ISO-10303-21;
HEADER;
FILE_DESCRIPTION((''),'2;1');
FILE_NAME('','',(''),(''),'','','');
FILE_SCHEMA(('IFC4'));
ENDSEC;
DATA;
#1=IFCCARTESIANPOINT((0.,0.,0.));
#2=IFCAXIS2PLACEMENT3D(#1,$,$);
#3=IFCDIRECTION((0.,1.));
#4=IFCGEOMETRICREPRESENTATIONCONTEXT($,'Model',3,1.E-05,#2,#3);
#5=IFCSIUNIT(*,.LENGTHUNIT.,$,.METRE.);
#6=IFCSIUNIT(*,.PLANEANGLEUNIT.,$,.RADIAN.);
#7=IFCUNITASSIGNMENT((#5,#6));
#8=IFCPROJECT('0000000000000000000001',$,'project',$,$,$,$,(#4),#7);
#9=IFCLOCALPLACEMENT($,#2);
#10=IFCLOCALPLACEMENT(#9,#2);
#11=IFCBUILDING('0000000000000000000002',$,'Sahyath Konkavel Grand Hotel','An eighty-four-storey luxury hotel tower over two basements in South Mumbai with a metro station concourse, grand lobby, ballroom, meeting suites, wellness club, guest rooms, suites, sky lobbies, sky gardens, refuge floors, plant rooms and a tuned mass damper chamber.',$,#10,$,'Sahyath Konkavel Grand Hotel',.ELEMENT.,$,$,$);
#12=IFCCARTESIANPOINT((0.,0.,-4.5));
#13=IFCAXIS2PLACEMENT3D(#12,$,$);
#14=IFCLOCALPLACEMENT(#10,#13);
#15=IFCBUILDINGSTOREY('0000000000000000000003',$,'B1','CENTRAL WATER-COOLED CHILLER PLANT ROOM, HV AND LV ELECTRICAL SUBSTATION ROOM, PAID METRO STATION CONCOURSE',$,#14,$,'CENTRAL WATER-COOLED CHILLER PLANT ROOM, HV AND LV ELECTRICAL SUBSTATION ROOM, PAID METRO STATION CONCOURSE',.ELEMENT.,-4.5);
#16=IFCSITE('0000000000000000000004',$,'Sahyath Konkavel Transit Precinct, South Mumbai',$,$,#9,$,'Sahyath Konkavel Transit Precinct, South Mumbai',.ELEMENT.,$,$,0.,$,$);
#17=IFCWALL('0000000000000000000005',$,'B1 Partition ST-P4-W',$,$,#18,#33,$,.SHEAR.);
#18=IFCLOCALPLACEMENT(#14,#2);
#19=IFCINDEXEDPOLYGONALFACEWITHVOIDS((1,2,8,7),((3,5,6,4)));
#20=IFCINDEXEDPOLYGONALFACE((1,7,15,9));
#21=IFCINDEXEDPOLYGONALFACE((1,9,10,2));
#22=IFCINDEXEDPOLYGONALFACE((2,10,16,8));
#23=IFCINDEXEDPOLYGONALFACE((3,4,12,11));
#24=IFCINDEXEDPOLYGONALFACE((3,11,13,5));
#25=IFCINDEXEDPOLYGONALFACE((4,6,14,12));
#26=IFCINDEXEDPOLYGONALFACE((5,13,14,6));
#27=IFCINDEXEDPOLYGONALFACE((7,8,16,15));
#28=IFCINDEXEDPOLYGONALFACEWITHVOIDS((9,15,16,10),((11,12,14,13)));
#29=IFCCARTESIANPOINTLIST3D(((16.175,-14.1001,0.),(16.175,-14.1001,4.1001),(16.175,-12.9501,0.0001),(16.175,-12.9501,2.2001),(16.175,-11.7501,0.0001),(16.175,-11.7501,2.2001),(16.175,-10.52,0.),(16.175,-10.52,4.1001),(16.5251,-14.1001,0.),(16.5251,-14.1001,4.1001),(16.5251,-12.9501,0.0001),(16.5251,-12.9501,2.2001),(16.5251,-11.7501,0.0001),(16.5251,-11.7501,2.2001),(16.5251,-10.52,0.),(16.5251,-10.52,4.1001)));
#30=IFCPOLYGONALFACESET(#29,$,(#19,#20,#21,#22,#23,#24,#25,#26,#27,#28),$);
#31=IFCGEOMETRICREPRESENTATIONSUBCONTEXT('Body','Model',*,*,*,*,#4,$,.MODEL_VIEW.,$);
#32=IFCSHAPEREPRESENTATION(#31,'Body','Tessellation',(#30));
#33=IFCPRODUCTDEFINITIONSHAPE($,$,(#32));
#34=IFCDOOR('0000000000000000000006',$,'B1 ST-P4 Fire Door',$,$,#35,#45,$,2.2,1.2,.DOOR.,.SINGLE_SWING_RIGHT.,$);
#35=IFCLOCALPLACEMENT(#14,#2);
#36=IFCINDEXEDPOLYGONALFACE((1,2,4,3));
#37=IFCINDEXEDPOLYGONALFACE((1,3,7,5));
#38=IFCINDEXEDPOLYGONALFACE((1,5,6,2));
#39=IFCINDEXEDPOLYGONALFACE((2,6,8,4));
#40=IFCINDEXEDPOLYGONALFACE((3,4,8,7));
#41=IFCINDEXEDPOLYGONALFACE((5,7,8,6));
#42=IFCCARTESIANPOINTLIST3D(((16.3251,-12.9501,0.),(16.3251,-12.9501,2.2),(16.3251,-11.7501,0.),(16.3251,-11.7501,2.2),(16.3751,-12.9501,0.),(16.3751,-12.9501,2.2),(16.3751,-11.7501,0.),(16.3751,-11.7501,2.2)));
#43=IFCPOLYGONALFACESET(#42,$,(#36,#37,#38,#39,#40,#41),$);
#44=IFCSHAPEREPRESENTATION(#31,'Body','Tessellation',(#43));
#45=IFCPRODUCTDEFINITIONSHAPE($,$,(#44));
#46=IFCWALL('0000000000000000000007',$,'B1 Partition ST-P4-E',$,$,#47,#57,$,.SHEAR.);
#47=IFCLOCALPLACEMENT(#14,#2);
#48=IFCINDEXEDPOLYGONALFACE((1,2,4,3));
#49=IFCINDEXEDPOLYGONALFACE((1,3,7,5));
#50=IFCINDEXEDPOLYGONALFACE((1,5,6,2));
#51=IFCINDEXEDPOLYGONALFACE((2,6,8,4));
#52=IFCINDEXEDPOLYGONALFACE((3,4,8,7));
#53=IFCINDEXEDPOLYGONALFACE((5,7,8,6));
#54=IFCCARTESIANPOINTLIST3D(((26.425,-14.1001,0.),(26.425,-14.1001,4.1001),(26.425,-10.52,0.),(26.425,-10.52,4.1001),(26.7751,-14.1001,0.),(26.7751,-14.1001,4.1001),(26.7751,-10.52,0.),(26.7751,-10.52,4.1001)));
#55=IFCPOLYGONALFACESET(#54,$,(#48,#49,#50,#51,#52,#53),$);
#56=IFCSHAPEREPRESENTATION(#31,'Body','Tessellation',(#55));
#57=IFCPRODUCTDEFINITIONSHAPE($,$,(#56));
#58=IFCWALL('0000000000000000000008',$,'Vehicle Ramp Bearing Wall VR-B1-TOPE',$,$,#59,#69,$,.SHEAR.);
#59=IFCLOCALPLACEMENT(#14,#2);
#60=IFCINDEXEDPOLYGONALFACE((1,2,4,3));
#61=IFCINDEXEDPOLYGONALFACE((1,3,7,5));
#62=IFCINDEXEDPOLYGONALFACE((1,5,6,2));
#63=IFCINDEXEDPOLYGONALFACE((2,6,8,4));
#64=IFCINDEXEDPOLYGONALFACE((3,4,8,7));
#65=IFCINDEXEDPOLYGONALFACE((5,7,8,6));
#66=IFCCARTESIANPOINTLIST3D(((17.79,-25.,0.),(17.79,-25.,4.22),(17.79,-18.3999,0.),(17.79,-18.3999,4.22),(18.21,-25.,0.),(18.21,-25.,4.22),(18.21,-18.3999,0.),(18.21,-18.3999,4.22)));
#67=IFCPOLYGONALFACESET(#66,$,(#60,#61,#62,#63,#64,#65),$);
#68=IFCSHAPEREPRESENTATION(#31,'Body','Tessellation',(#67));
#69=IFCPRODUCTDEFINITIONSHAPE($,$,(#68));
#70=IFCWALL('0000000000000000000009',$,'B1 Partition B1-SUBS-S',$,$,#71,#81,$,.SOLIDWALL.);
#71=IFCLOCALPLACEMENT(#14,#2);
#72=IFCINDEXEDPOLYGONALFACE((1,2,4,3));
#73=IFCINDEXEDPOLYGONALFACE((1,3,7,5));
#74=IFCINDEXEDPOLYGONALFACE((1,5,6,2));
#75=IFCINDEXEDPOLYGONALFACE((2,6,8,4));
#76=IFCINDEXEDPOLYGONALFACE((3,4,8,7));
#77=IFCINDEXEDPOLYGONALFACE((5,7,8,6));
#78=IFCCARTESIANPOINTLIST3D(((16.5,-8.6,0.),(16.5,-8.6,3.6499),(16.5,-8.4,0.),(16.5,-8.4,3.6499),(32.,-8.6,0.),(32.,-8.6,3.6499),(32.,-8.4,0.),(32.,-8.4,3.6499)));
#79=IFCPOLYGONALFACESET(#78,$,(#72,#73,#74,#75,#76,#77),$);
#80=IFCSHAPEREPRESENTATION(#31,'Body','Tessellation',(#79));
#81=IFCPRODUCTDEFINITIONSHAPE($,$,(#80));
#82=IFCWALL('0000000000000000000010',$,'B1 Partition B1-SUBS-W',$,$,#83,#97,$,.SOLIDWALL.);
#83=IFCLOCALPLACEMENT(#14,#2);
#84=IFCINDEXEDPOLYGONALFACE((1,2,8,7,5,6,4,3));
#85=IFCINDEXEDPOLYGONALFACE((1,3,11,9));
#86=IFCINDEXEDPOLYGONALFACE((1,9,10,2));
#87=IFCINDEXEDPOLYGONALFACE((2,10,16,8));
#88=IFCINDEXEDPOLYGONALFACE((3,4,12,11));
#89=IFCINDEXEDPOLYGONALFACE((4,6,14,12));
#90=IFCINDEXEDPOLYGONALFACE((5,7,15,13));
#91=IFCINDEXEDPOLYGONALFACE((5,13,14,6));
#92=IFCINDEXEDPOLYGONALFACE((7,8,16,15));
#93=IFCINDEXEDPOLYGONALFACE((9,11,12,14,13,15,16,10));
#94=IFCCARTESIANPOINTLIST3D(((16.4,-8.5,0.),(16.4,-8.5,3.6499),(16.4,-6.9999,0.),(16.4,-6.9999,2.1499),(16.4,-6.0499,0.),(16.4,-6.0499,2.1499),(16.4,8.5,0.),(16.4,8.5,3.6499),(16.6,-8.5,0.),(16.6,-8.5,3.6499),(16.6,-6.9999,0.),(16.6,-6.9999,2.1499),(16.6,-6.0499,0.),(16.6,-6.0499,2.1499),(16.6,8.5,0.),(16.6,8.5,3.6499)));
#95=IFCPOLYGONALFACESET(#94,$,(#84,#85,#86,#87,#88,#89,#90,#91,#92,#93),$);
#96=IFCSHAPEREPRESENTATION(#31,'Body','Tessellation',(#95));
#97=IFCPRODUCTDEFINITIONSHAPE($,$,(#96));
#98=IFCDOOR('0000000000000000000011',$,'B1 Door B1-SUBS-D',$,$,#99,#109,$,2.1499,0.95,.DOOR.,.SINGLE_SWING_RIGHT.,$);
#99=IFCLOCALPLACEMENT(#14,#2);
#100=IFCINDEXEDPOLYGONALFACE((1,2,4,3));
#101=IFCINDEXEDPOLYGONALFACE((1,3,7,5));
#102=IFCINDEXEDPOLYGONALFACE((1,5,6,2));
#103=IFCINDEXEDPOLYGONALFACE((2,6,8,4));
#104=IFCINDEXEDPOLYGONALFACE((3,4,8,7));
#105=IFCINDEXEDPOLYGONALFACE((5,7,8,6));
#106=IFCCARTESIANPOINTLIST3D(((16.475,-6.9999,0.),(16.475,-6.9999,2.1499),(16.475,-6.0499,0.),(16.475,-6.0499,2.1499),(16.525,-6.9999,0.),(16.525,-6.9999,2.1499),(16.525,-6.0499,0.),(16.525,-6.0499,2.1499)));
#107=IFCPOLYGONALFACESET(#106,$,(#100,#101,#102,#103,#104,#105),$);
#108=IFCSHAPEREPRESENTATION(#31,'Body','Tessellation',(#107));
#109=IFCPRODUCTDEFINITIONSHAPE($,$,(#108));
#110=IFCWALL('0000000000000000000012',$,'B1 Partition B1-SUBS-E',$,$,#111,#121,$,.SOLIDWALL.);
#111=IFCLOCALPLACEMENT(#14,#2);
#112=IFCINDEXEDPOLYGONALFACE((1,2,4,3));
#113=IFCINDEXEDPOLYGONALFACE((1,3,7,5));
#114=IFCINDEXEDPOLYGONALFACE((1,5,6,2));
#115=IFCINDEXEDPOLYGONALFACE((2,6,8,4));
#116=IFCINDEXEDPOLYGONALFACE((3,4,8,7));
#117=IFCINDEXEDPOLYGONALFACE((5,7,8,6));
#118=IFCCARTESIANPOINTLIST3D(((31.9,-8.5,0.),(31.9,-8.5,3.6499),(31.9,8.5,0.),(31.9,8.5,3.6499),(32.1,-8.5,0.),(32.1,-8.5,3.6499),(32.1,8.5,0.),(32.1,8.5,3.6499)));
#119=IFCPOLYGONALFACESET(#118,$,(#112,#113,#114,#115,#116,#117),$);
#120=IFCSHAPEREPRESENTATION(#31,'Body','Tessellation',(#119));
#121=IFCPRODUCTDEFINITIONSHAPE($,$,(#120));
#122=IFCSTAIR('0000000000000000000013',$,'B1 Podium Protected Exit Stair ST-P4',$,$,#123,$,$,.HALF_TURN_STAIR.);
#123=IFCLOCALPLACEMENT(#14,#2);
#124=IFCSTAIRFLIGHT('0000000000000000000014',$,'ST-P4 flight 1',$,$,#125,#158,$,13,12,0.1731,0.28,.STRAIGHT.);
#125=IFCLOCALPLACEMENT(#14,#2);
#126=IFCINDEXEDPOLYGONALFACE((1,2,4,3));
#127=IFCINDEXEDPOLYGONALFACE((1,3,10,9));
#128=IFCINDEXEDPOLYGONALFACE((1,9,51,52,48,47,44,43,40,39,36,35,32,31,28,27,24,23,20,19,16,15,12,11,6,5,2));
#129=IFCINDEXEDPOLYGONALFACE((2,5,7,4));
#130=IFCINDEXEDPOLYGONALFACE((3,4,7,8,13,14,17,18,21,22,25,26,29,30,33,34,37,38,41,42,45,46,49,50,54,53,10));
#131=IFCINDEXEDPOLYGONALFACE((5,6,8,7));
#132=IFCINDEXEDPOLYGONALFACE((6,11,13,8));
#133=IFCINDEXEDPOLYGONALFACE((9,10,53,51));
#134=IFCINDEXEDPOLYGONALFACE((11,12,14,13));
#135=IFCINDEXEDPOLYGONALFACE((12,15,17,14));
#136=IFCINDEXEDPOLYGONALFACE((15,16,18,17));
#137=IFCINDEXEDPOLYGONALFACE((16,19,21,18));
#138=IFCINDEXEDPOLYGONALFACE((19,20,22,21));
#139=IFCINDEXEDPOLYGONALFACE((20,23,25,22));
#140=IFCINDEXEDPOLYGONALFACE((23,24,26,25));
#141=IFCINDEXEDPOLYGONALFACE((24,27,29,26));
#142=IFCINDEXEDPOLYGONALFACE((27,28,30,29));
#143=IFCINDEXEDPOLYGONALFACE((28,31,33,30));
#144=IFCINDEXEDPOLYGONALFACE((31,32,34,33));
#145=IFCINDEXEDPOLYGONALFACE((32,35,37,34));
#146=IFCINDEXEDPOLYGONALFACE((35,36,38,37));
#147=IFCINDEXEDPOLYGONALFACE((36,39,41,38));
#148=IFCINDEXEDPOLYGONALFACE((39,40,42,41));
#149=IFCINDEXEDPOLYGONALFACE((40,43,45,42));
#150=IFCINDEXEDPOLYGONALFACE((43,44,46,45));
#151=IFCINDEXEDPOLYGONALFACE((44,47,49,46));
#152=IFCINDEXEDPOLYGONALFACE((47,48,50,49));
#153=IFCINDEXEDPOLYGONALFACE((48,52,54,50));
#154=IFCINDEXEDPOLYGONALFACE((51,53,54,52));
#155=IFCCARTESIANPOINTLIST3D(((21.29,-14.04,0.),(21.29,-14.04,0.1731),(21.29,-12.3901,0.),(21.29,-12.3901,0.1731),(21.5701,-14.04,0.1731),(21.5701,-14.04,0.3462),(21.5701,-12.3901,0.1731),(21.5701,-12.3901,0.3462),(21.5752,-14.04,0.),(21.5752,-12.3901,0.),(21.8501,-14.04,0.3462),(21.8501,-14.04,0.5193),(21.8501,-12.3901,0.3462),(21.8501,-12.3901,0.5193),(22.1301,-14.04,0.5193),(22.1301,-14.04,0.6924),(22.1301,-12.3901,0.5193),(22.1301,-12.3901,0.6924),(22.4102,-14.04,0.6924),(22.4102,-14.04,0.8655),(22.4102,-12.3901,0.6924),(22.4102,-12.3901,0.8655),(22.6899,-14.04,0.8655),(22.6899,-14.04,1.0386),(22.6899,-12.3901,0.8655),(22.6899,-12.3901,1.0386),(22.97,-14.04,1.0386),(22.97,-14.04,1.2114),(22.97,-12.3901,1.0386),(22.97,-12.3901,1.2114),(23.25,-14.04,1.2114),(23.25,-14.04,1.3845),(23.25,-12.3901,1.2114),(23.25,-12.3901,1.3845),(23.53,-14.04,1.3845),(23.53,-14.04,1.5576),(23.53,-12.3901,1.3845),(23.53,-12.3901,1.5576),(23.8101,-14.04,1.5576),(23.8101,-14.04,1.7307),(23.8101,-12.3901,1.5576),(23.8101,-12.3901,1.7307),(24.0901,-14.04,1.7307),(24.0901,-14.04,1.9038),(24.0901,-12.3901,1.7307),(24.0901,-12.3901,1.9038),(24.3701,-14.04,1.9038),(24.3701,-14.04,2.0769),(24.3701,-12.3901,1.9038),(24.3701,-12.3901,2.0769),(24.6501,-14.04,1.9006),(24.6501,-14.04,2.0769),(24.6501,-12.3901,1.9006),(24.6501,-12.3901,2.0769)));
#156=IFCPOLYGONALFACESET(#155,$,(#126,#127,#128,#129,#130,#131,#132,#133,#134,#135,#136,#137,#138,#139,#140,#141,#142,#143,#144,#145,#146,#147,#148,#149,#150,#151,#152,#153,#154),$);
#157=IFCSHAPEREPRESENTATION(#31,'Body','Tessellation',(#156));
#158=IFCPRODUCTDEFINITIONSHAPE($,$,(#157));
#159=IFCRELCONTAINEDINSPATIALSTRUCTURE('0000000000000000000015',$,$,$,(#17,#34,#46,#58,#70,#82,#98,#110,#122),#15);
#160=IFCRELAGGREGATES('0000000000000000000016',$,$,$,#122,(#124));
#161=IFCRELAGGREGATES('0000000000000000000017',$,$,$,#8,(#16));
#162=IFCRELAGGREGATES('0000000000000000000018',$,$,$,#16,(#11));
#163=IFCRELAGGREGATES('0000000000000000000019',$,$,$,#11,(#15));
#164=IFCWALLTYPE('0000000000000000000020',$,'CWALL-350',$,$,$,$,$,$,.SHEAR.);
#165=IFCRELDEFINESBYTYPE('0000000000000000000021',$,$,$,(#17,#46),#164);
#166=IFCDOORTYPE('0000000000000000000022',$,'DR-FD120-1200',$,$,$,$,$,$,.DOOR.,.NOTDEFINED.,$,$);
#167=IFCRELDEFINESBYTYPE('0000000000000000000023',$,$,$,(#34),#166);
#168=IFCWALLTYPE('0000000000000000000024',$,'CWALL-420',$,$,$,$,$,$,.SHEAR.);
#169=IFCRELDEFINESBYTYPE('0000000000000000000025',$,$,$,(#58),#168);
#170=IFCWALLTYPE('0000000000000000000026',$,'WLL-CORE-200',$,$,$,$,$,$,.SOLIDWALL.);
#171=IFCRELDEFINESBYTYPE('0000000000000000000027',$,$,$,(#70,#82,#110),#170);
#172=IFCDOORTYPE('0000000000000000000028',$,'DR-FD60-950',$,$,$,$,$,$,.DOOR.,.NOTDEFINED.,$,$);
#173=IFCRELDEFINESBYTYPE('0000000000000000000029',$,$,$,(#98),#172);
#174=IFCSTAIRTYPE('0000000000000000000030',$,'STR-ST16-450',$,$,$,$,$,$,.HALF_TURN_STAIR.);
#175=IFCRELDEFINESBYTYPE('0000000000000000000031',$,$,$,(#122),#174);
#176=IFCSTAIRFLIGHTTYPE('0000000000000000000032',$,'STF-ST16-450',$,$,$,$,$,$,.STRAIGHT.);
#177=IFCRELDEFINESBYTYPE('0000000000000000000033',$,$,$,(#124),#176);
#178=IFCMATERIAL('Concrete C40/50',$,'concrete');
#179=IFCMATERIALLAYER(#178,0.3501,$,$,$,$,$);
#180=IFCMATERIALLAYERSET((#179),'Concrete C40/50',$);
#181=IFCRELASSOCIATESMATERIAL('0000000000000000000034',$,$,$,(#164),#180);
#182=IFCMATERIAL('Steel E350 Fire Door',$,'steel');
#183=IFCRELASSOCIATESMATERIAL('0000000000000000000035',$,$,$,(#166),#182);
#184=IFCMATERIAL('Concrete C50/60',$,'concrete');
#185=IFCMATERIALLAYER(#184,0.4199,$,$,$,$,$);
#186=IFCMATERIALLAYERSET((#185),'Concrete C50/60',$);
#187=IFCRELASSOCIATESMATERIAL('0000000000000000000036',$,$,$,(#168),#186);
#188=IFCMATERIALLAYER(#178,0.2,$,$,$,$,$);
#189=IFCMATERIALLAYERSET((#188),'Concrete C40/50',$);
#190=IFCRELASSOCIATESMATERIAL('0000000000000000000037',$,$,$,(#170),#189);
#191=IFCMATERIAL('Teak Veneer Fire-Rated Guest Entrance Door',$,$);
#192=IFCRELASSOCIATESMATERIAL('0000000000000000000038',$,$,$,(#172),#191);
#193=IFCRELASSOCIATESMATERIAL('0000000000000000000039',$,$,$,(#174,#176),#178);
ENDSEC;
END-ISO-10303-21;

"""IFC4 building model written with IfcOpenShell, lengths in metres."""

from ifc_helpers import new_model, si_unit, direction, frame, frame_2d, origin, origin_2d, place, context, subcontext, project, spatial, polyline, rectangle, outline, extrude, source, transform, mapped, material, layer, layer_set, type_object, element, fill, aggregate, save


model = new_model("IFC4")

# Units and contexts
model_context = context("Model", 3, precision=1e-05, world=origin(), true_north=direction((0.0, 1.0)))
body_context = subcontext(model_context, "Body", "Model", "MODEL_VIEW")
ifc_project = project(units=[si_unit("LENGTHUNIT", "METRE"), si_unit("PLANEANGLEUNIT", "RADIAN")], contexts=[model_context])

# Site, building, storey
site_placement = place(None, origin())
site = spatial("IfcSite", under=ifc_project, at=site_placement, Name="Sahyath Konkavel Transit Precinct, South Mumbai", LongName="Sahyath Konkavel Transit Precinct, South Mumbai", CompositionType="ELEMENT", RefElevation=0.0)
building_placement = place(site_placement, origin())
building = spatial("IfcBuilding", under=site, at=building_placement, Name="Sahyath Konkavel Grand Hotel", Description="An eighty-four-storey luxury hotel tower over two basements in South Mumbai with a metro station concourse, grand lobby, ballroom, meeting suites, wellness club, guest rooms, suites, sky lobbies, sky gardens, refuge floors, plant rooms and a tuned mass damper chamber.", LongName="Sahyath Konkavel Grand Hotel", CompositionType="ELEMENT")
storey_placement = place(building_placement, frame((0.0, 0.0, -4.5)))
storey = spatial("IfcBuildingStorey", under=building, at=storey_placement, Name="B1", Description="CENTRAL WATER-COOLED CHILLER PLANT ROOM, HV AND LV ELECTRICAL SUBSTATION ROOM, PAID METRO STATION CONCOURSE", LongName="CENTRAL WATER-COOLED CHILLER PLANT ROOM, HV AND LV ELECTRICAL SUBSTATION ROOM, PAID METRO STATION CONCOURSE", CompositionType="ELEMENT", Elevation=-4.5)

# Shared definitions
ifc_material_1 = material(Name="Concrete C50/60", Category="concrete")

# Shared definitions
ifc_material_2 = material(Name="Concrete C40/50", Category="concrete")
ifc_layer_1 = layer(ifc_material_2, 0.3501)
ifc_layer_set_1 = layer_set([ifc_layer_1], Name="Concrete C40/50")
wall_type_1 = type_object("IfcWallType", Name="CWALL-350", PredefinedType="SHEAR", material=ifc_layer_set_1)

# Wall, opening, door
wall_1_placement = place(storey_placement, frame((16.3501, -14.1001, 0.0), z_axis=(0.0, 0.0, 1.0), x_axis=(0.0, 1.0, 0.0)))
wall_1 = element("IfcWall", 1, at=wall_1_placement, inside=storey, type_object=wall_type_1, Name="B1 Partition ST-P4-W", PredefinedType="SHEAR", context=body_context, shape_type="SweptSolid", body=[
    extrude(rectangle(XDim=3.5801, YDim=0.3501, at=frame_2d((1.79, 0.0))), origin(), (0.0, 0.0, 1.0), 4.1001),
])
opening_1_placement = place(wall_1_placement, frame((1.1499, 0.0, 0.0)))
opening_1 = element("IfcOpeningElement", 2, at=opening_1_placement, cuts=wall_1, PredefinedType="OPENING", context=body_context, shape_type="SweptSolid", body=[
    extrude(rectangle(XDim=1.2, YDim=2.2, at=frame_2d((0.6001, 1.1001))), frame((0.0, 0.1851, 0.0), z_axis=(0.0, -1.0, 0.0), x_axis=(1.0, 0.0, 0.0)), (0.0, 0.0, 1.0), 0.3701),
])
ifc_material_3 = material(Name="Steel E350 Fire Door", Category="steel")
door_type_1 = type_object("IfcDoorType", Name="DR-FD120-1200", OperationType="NOTDEFINED", PredefinedType="DOOR", material=ifc_material_3)
shared_shape_1 = source(origin(), body_context, "Body", "SweptSolid", [
    extrude(rectangle(XDim=1.2, YDim=0.05, at=origin_2d()), origin(), (0.0, 0.0, 1.0), 2.2),
])
door_1_placement = place(opening_1_placement, frame((0.6001, 0.0, 0.0)))
door_1 = element("IfcDoor", 3, at=door_1_placement, inside=storey, type_object=door_type_1, Name="B1 ST-P4 Fire Door", OperationType="SINGLE_SWING_RIGHT", OverallHeight=2.2, OverallWidth=1.2, PredefinedType="DOOR", context=body_context, shape_type="MappedRepresentation", body=[
    mapped(shared_shape_1, transform((0.0, 0.0, 0.0), scale=1.0)),
])
fill(opening_1, door_1)

# Walls
wall_2_placement = place(storey_placement, frame((26.6001, -14.1001, 0.0), z_axis=(0.0, 0.0, 1.0), x_axis=(0.0, 1.0, 0.0)))
element("IfcWall", 4, at=wall_2_placement, inside=storey, type_object=wall_type_1, Name="B1 Partition ST-P4-E", PredefinedType="SHEAR", context=body_context, shape_type="SweptSolid", body=[
    extrude(rectangle(XDim=3.5801, YDim=0.3501, at=frame_2d((1.79, 0.0))), origin(), (0.0, 0.0, 1.0), 4.1001),
])
ifc_layer_2 = layer(ifc_material_1, 0.4199)
ifc_layer_set_2 = layer_set([ifc_layer_2], Name="Concrete C50/60")
wall_type_2 = type_object("IfcWallType", Name="CWALL-420", PredefinedType="SHEAR", material=ifc_layer_set_2)
wall_3_placement = place(storey_placement, frame((18.0, -25.0, 0.0), z_axis=(0.0, 0.0, 1.0), x_axis=(0.0, 1.0, 0.0)))
element("IfcWall", 5, at=wall_3_placement, inside=storey, type_object=wall_type_2, Name="Vehicle Ramp Bearing Wall VR-B1-TOPE", PredefinedType="SHEAR", context=body_context, shape_type="SweptSolid", body=[
    extrude(rectangle(XDim=6.6001, YDim=0.4199, at=frame_2d((3.3, 0.0))), origin(), (0.0, 0.0, 1.0), 4.22),
])
ifc_layer_3 = layer(ifc_material_2, 0.2)
ifc_layer_set_3 = layer_set([ifc_layer_3], Name="Concrete C40/50")
wall_type_3 = type_object("IfcWallType", Name="WLL-CORE-200", PredefinedType="SOLIDWALL", material=ifc_layer_set_3)
wall_4_placement = place(storey_placement, frame((16.5, -8.5, 0.0), z_axis=(0.0, 0.0, 1.0), x_axis=(1.0, 0.0, 0.0)))
element("IfcWall", 6, at=wall_4_placement, inside=storey, type_object=wall_type_3, Name="B1 Partition B1-SUBS-S", PredefinedType="SOLIDWALL", context=body_context, shape_type="SweptSolid", body=[
    extrude(rectangle(XDim=15.5, YDim=0.2, at=frame_2d((7.75, 0.0))), origin(), (0.0, 0.0, 1.0), 3.6499),
])

# Wall, opening, door
wall_5_placement = place(storey_placement, frame((16.5, -8.5, 0.0), z_axis=(0.0, 0.0, 1.0), x_axis=(0.0, 1.0, 0.0)))
wall_5 = element("IfcWall", 7, at=wall_5_placement, inside=storey, type_object=wall_type_3, Name="B1 Partition B1-SUBS-W", PredefinedType="SOLIDWALL", context=body_context, shape_type="SweptSolid", body=[
    extrude(rectangle(XDim=17.0, YDim=0.2, at=frame_2d((8.5, 0.0))), origin(), (0.0, 0.0, 1.0), 3.6499),
])
opening_2_placement = place(wall_5_placement, frame((1.5, 0.0, 0.0)))
opening_2 = element("IfcOpeningElement", 8, at=opening_2_placement, cuts=wall_5, PredefinedType="OPENING", context=body_context, shape_type="SweptSolid", body=[
    extrude(rectangle(XDim=0.95, YDim=2.1499, at=frame_2d((0.4751, 1.075))), frame((0.0, 0.1099, 0.0), z_axis=(0.0, -1.0, 0.0), x_axis=(1.0, 0.0, 0.0)), (0.0, 0.0, 1.0), 0.22),
])
ifc_material_4 = material(Name="Teak Veneer Fire-Rated Guest Entrance Door")
door_type_2 = type_object("IfcDoorType", Name="DR-FD60-950", OperationType="NOTDEFINED", PredefinedType="DOOR", material=ifc_material_4)
shared_shape_2 = source(origin(), body_context, "Body", "SweptSolid", [
    extrude(rectangle(XDim=0.95, YDim=0.05, at=origin_2d()), origin(), (0.0, 0.0, 1.0), 2.1499),
])
door_2_placement = place(opening_2_placement, frame((0.4751, 0.0, 0.0)))
door_2 = element("IfcDoor", 9, at=door_2_placement, inside=storey, type_object=door_type_2, Name="B1 Door B1-SUBS-D", OperationType="SINGLE_SWING_RIGHT", OverallHeight=2.1499, OverallWidth=0.95, PredefinedType="DOOR", context=body_context, shape_type="MappedRepresentation", body=[
    mapped(shared_shape_2, transform((0.0, 0.0, 0.0), scale=1.0)),
])
fill(opening_2, door_2)

# Wall
wall_6_placement = place(storey_placement, frame((32.0, -8.5, 0.0), z_axis=(0.0, 0.0, 1.0), x_axis=(0.0, 1.0, 0.0)))
element("IfcWall", 10, at=wall_6_placement, inside=storey, type_object=wall_type_3, Name="B1 Partition B1-SUBS-E", PredefinedType="SOLIDWALL", context=body_context, shape_type="SweptSolid", body=[
    extrude(rectangle(XDim=17.0, YDim=0.2, at=frame_2d((8.5, 0.0))), origin(), (0.0, 0.0, 1.0), 3.6499),
])

# Stair, stair flight
stair_type = type_object("IfcStairType", Name="STR-ST16-450", PredefinedType="HALF_TURN_STAIR", material=ifc_material_2)
stair_placement = place(storey_placement, origin())
stair = element("IfcStair", 11, at=stair_placement, inside=storey, type_object=stair_type, Name="B1 Podium Protected Exit Stair ST-P4", PredefinedType="HALF_TURN_STAIR")
stair_flight_type = type_object("IfcStairFlightType", Name="STF-ST16-450", PredefinedType="STRAIGHT", material=ifc_material_2)
stair_flight_1_placement = place(storey_placement, frame((21.29, -13.2151, 0.0), z_axis=(0.0, 0.0, 1.0), x_axis=(1.0, 0.0, 0.0)))
stair_flight_1 = element("IfcStairFlight", 12, at=stair_flight_1_placement, type_object=stair_flight_type, Name="ST-P4 flight 1", NumberOfRisers=13, NumberOfTreads=12, PredefinedType="STRAIGHT", RiserHeight=0.1731, TreadLength=0.28, context=body_context, shape_type="SweptSolid", body=[
    extrude(outline(polyline([(0.0, 0.0), (0.0, 0.1731), (0.28, 0.1731), (0.28, 0.3462), (0.5601, 0.3462), (0.5601, 0.5193), (0.8401, 0.5193), (0.8401, 0.6924), (1.1201, 0.6924), (1.1201, 0.8655), (1.3999, 0.8655), (1.3999, 1.0386), (1.6799, 1.0386), (1.6799, 1.2114), (1.96, 1.2114), (1.96, 1.3845), (2.24, 1.3845), (2.24, 1.5576), (2.52, 1.5576), (2.52, 1.7307), (2.8, 1.7307), (2.8, 1.9038), (3.0801, 1.9038), (3.0801, 2.0769), (3.3601, 2.0769), (3.3601, 2.25), (3.3601, 1.9006), (0.2852, 0.0), (0.0, 0.0)])), frame((0.0, 0.825, 0.0), z_axis=(0.0, -1.0, 0.0), x_axis=(1.0, 0.0, 0.0)), (0.0, 0.0, 1.0), 1.6499),
])
aggregate(stair, [stair_flight_1])

save(model, "model.ifc")
